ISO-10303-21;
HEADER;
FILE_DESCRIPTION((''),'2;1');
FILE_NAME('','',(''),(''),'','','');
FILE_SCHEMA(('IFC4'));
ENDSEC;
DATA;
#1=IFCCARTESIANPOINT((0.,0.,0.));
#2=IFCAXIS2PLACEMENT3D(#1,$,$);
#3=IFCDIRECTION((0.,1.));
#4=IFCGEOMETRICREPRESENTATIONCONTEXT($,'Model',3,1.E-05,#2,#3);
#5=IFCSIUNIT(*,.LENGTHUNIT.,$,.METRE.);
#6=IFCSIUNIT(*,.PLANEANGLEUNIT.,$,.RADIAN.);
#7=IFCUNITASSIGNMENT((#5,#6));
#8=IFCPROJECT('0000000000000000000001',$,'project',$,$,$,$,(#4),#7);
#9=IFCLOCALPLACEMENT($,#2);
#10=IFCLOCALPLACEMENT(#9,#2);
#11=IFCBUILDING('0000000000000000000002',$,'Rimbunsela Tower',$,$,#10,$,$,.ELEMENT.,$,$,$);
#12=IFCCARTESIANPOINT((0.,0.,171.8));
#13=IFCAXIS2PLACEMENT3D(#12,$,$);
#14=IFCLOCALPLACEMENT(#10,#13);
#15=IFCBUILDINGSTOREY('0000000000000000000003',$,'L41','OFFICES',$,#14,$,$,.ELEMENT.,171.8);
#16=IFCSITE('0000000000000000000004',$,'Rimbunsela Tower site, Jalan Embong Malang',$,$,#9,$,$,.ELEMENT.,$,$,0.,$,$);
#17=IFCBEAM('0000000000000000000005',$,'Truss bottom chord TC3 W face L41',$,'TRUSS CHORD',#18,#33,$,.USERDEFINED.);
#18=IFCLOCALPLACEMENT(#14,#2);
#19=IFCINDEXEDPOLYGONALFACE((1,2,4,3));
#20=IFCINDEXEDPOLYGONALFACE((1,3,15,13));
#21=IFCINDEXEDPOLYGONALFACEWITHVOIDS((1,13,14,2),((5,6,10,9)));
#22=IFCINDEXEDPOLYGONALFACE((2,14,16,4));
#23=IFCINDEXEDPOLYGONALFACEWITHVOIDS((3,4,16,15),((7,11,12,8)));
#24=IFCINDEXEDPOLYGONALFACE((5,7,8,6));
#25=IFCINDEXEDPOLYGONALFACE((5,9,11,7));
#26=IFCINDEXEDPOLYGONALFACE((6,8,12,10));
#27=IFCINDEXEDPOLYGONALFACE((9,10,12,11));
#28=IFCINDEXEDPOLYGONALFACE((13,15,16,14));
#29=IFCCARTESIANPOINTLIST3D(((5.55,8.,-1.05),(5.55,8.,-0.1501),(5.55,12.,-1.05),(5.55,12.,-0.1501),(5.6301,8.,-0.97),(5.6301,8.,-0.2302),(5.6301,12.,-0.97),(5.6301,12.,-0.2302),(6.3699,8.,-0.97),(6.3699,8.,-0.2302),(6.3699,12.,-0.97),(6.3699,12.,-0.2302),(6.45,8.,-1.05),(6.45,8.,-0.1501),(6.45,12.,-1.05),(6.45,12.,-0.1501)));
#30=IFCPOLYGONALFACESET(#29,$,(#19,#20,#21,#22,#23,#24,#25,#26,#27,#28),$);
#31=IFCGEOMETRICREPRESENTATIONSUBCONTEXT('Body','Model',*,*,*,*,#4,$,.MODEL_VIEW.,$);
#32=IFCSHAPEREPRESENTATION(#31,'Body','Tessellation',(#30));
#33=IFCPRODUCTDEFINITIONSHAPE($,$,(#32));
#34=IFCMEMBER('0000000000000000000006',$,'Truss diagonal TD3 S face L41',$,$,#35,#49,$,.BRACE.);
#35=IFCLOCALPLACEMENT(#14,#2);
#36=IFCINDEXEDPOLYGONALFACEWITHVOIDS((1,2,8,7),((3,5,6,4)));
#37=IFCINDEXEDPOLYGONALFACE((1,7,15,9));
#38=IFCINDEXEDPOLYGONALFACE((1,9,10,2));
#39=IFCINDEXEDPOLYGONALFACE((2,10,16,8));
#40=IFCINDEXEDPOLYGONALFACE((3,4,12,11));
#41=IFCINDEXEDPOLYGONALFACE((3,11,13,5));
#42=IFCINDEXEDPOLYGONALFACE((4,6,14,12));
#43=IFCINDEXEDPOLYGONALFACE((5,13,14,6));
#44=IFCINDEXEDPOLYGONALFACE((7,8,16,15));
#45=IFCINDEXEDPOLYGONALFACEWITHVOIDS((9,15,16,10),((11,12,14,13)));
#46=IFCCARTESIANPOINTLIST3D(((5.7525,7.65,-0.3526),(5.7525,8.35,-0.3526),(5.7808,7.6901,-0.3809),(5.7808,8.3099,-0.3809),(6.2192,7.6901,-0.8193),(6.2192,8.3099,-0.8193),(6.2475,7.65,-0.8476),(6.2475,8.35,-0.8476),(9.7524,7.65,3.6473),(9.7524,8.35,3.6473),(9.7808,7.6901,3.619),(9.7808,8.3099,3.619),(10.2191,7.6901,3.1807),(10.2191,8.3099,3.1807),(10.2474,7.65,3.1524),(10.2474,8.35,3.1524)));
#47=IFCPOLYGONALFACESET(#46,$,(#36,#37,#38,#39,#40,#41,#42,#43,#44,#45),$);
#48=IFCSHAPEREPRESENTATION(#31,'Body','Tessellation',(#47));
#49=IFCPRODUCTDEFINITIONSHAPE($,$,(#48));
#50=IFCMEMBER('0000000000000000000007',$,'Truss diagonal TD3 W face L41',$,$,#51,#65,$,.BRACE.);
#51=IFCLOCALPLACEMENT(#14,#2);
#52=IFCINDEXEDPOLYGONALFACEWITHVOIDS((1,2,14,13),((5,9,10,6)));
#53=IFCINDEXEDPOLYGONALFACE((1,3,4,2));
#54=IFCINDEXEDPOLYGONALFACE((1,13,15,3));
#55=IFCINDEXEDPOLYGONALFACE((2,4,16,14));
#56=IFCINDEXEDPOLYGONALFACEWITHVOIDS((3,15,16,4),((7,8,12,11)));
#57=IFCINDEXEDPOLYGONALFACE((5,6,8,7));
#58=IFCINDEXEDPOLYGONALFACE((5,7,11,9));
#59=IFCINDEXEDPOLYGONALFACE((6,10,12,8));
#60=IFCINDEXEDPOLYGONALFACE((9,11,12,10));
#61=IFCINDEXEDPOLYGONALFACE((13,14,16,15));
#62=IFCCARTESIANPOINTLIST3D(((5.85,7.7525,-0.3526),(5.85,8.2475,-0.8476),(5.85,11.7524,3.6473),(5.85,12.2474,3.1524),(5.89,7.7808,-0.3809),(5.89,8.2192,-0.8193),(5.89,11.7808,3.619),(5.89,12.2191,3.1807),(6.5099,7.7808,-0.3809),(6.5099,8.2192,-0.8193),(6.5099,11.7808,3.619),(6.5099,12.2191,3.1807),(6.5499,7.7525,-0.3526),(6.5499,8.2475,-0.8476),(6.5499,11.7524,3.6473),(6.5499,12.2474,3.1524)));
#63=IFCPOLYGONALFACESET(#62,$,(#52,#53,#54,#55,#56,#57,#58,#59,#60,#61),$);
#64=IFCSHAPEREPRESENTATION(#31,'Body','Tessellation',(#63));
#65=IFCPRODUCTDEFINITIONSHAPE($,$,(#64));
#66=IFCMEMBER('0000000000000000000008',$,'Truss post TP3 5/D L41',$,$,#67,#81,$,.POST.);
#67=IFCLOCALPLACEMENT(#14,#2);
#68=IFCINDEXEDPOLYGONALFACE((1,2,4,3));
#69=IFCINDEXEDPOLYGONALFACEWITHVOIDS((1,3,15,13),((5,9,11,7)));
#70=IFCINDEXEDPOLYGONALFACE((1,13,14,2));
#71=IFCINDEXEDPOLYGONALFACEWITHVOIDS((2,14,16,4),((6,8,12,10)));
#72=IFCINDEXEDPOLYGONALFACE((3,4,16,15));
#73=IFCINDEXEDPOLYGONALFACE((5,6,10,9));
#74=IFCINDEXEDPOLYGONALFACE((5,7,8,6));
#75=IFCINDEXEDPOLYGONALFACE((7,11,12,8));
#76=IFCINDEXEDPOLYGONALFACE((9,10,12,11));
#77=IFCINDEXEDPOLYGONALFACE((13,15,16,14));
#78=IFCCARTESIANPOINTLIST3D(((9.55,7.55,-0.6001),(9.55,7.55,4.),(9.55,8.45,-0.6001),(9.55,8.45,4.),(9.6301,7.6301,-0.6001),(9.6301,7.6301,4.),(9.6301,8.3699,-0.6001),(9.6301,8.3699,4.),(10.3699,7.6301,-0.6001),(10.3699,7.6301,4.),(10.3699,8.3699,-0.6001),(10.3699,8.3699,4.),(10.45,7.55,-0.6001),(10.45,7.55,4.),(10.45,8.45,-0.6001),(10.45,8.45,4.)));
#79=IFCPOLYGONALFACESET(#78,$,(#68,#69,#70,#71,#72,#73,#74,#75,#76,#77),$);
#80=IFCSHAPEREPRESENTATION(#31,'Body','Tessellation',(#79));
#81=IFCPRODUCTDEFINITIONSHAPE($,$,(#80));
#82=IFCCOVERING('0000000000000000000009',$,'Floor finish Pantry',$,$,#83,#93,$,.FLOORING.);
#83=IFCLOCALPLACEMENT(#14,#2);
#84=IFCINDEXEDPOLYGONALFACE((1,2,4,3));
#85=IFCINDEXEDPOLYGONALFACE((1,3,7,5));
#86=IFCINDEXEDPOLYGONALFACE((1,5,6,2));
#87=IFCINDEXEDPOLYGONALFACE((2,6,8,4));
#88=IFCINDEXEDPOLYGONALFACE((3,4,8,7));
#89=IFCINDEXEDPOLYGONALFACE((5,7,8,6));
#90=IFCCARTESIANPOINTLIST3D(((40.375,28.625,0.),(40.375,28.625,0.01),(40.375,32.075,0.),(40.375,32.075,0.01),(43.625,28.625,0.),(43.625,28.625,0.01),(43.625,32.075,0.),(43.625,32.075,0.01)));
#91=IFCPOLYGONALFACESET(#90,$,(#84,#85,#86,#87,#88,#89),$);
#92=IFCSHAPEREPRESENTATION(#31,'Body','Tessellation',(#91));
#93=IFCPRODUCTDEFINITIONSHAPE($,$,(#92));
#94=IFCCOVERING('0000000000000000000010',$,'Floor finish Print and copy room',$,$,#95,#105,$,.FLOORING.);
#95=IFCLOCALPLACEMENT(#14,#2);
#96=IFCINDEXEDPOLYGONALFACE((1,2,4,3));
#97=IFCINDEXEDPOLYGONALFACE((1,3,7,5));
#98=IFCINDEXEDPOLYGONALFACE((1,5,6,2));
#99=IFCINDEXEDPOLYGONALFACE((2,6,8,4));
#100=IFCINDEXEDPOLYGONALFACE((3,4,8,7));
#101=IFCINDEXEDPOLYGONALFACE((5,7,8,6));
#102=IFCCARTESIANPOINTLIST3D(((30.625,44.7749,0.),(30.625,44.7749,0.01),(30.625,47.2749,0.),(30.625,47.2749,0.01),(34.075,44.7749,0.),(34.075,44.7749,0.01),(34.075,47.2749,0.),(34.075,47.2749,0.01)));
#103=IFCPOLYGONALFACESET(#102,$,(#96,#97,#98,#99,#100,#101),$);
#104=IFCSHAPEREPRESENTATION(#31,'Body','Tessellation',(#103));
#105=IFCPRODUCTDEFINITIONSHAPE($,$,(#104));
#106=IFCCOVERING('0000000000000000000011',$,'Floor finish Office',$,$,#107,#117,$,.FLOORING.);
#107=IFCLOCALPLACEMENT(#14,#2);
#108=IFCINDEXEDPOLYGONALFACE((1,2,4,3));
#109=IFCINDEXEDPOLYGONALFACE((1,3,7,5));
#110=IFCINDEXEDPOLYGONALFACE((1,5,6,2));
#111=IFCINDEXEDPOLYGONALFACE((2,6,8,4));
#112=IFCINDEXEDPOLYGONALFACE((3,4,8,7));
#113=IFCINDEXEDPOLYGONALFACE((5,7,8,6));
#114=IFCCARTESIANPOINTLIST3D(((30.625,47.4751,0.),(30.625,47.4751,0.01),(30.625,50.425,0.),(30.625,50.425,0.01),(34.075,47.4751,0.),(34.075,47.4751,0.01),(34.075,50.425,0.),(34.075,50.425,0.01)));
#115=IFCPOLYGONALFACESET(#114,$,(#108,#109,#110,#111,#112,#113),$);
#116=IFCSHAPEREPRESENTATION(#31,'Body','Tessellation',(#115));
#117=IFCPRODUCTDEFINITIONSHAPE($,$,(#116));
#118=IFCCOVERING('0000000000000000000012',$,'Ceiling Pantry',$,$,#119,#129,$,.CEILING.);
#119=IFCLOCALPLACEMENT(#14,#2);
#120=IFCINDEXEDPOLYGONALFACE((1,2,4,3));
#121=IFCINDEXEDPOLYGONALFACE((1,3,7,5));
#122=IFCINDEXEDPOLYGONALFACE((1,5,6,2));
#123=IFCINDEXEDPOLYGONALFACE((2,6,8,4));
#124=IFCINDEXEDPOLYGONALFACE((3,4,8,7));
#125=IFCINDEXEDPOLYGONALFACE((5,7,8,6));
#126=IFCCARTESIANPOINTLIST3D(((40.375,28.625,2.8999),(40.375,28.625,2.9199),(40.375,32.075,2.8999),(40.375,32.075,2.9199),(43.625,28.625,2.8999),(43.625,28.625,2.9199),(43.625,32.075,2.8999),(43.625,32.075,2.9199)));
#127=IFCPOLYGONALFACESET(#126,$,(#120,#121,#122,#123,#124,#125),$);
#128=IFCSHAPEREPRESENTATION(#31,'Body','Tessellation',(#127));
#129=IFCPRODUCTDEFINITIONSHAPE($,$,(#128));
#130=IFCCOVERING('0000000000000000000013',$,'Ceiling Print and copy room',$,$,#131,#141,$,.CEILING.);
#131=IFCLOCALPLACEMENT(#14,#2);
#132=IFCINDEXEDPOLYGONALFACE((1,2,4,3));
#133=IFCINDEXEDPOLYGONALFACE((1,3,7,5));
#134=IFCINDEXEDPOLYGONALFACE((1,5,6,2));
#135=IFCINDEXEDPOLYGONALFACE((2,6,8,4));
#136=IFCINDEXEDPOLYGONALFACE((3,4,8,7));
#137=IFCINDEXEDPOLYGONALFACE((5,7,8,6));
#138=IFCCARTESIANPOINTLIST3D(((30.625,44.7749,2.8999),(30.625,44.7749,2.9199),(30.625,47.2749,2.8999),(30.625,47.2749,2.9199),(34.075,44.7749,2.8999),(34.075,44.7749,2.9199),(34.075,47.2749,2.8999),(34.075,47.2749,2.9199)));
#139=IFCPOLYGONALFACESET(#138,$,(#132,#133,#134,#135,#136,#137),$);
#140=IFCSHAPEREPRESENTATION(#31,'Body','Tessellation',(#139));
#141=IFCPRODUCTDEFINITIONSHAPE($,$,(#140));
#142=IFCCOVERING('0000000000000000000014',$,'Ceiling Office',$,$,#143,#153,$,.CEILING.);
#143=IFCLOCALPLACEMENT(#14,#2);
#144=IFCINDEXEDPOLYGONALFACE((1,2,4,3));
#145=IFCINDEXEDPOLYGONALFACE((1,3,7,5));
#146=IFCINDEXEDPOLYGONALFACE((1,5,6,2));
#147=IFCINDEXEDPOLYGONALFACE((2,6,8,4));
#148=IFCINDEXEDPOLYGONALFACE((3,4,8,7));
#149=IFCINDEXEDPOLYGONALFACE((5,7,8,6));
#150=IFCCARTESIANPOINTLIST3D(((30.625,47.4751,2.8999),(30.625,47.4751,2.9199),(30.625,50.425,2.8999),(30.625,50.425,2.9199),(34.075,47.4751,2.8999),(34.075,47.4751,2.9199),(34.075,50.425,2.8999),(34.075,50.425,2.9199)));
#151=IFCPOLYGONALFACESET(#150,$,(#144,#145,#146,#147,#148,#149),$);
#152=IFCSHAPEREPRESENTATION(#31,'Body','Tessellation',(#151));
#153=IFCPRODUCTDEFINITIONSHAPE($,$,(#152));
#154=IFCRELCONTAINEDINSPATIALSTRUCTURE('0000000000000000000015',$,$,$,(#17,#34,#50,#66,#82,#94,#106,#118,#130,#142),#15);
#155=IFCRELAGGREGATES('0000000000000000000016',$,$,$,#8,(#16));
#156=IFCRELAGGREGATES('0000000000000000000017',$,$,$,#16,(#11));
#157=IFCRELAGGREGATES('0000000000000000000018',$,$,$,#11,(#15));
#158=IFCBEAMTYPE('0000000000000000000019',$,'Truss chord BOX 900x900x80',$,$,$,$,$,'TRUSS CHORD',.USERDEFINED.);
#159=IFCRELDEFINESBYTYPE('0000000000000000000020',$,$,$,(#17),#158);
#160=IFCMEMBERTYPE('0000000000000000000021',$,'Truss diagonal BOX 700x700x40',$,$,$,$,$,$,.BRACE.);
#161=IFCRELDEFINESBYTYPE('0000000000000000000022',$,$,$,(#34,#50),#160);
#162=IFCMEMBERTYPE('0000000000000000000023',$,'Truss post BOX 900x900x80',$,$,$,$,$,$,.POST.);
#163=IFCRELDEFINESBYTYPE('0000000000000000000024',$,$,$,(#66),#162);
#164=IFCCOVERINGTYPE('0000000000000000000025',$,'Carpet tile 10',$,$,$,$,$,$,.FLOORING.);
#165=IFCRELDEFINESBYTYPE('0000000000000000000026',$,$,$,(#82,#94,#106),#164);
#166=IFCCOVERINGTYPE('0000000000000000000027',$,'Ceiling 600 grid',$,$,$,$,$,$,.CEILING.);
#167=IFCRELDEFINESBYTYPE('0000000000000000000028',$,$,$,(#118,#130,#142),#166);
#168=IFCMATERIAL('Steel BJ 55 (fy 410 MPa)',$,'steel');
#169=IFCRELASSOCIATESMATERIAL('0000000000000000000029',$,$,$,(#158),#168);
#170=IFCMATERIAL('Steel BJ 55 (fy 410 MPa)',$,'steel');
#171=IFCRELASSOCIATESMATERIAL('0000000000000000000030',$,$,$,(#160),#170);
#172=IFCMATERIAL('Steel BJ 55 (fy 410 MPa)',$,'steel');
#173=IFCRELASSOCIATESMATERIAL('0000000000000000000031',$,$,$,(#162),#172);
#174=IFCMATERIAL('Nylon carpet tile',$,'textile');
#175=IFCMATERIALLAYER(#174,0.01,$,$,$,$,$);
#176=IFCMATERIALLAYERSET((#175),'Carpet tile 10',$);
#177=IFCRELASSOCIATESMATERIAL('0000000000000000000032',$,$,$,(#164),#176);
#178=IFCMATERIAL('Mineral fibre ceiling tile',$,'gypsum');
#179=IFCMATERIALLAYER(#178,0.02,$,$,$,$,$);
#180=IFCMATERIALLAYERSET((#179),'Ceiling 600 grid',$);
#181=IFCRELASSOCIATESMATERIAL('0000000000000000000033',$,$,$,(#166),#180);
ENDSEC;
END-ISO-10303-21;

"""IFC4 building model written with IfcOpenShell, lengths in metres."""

from ifc_helpers import new_model, si_unit, direction, frame, origin, origin_2d, place, context, subcontext, project, spatial, polyline, hollow_rectangle, outline, extrude, material, layer, layer_set, material_profile, profile_set, type_object, element, save


model = new_model("IFC4")

# Units and contexts
model_context = context("Model", 3, precision=1e-05, world=origin(), true_north=direction((0.0, 1.0)))
body_context = subcontext(model_context, "Body", "Model", "MODEL_VIEW")
ifc_project = project(units=[si_unit("LENGTHUNIT", "METRE"), si_unit("PLANEANGLEUNIT", "RADIAN")], contexts=[model_context])

# Site, building, storey
site_placement = place(None, origin())
site = spatial("IfcSite", under=ifc_project, at=site_placement, Name="Rimbunsela Tower site, Jalan Embong Malang", CompositionType="ELEMENT", RefElevation=0.0)
building_placement = place(site_placement, origin())
building = spatial("IfcBuilding", under=site, at=building_placement, Name="Rimbunsela Tower", CompositionType="ELEMENT")
storey_placement = place(building_placement, frame((0.0, 0.0, 171.8)))
storey = spatial("IfcBuildingStorey", under=building, at=storey_placement, Name="L41", Description="OFFICES", CompositionType="ELEMENT", Elevation=171.8)

# Beam
ifc_material_1 = material(Name="Steel BJ 55 (fy 410 MPa)", Category="steel")
ifc_material_profile_1 = material_profile(ifc_material_1, hollow_rectangle(XDim=0.8999, YDim=0.8999, WallThickness=0.0801, at=origin_2d()), Name="BOX 900x900x80")
ifc_profile_set_1 = profile_set([ifc_material_profile_1], Name="Steel BJ 55 (fy 410 MPa)")
beam_type_1 = type_object("IfcBeamType", Name="Truss chord BOX 900x900x80", ElementType="TRUSS CHORD", PredefinedType="USERDEFINED", material=ifc_profile_set_1)
beam_1_placement = place(storey_placement, frame((6.0, 8.0, -0.6001), z_axis=(0.0, 1.0, 0.0), x_axis=(-1.0, 0.0, 0.0)))
element("IfcBeam", 1, at=beam_1_placement, inside=storey, type_object=beam_type_1, Name="Truss bottom chord TC3 W face L41", ObjectType="TRUSS CHORD", PredefinedType="USERDEFINED", context=body_context, shape_type="SweptSolid", body=[
    extrude(hollow_rectangle(XDim=0.8999, YDim=0.8999, WallThickness=0.0801, at=origin_2d()), origin(), (0.0, 0.0, 1.0), 4.0),
])

# Members
ifc_material_2 = material(Name="Steel BJ 55 (fy 410 MPa)", Category="steel")
ifc_material_profile_2 = material_profile(ifc_material_2, hollow_rectangle(XDim=0.7, YDim=0.7, WallThickness=0.04, at=origin_2d()), Name="BOX 700x700x40")
ifc_profile_set_2 = profile_set([ifc_material_profile_2], Name="Steel BJ 55 (fy 410 MPa)")
member_type_1 = type_object("IfcMemberType", Name="Truss diagonal BOX 700x700x40", PredefinedType="BRACE", material=ifc_profile_set_2)
for number, where, z_axis, x_axis, name in (
    (2, (6.0, 8.0, -0.6001), (0.707107, 0.0, 0.707107), (0.0, 1.0, 0.0), "Truss diagonal TD3 S face L41"),
    (3, (6.2, 8.0, -0.6001), (0.0, 0.707107, 0.707107), (-1.0, 0.0, 0.0), "Truss diagonal TD3 W face L41"),
):
    element("IfcMember", number, at=place(storey_placement, frame(where, z_axis=z_axis, x_axis=x_axis)), inside=storey, type_object=member_type_1, Name=name, PredefinedType="BRACE", context=body_context, shape_type="SweptSolid", body=[
        extrude(hollow_rectangle(XDim=0.7, YDim=0.7, WallThickness=0.04, at=origin_2d()), origin(), (0.0, 0.0, 1.0), 5.6567),
    ])
ifc_material_3 = material(Name="Steel BJ 55 (fy 410 MPa)", Category="steel")
ifc_material_profile_3 = material_profile(ifc_material_3, hollow_rectangle(XDim=0.8999, YDim=0.8999, WallThickness=0.0801, at=origin_2d()), Name="BOX 900x900x80")
ifc_profile_set_3 = profile_set([ifc_material_profile_3], Name="Steel BJ 55 (fy 410 MPa)")
member_type_2 = type_object("IfcMemberType", Name="Truss post BOX 900x900x80", PredefinedType="POST", material=ifc_profile_set_3)
member_placement = place(storey_placement, frame((10.0, 8.0, -0.6001), z_axis=(0.0, 0.0, 1.0), x_axis=(1.0, 0.0, 0.0)))
element("IfcMember", 4, at=member_placement, inside=storey, type_object=member_type_2, Name="Truss post TP3 5/D L41", PredefinedType="POST", context=body_context, shape_type="SweptSolid", body=[
    extrude(hollow_rectangle(XDim=0.8999, YDim=0.8999, WallThickness=0.0801, at=origin_2d()), origin(), (0.0, 0.0, 1.0), 4.6001),
])

# Coverings
ifc_material_4 = material(Name="Nylon carpet tile", Category="textile")
ifc_layer_1 = layer(ifc_material_4, 0.01)
ifc_layer_set_1 = layer_set([ifc_layer_1], Name="Carpet tile 10")
covering_type_1 = type_object("IfcCoveringType", Name="Carpet tile 10", PredefinedType="FLOORING", material=ifc_layer_set_1)
covering_1_placement = place(storey_placement, origin())
element("IfcCovering", 5, at=covering_1_placement, inside=storey, type_object=covering_type_1, Name="Floor finish Pantry", PredefinedType="FLOORING", context=body_context, shape_type="SweptSolid", body=[
    extrude(outline(polyline([(43.625, 28.625), (43.625, 32.075), (40.375, 32.075), (40.375, 28.625), (43.625, 28.625)])), origin(), (0.0, 0.0, 1.0), 0.01),
])
covering_2_placement = place(storey_placement, origin())
element("IfcCovering", 6, at=covering_2_placement, inside=storey, type_object=covering_type_1, Name="Floor finish Print and copy room", PredefinedType="FLOORING", context=body_context, shape_type="SweptSolid", body=[
    extrude(outline(polyline([(34.075, 44.7749), (34.075, 47.2749), (30.625, 47.2749), (30.625, 44.7749), (34.075, 44.7749)])), origin(), (0.0, 0.0, 1.0), 0.01),
])
covering_3_placement = place(storey_placement, origin())
element("IfcCovering", 7, at=covering_3_placement, inside=storey, type_object=covering_type_1, Name="Floor finish Office", PredefinedType="FLOORING", context=body_context, shape_type="SweptSolid", body=[
    extrude(outline(polyline([(34.075, 47.4751), (34.075, 50.425), (30.625, 50.425), (30.625, 47.4751), (34.075, 47.4751)])), origin(), (0.0, 0.0, 1.0), 0.01),
])
ifc_material_5 = material(Name="Mineral fibre ceiling tile", Category="gypsum")
ifc_layer_2 = layer(ifc_material_5, 0.02)
ifc_layer_set_2 = layer_set([ifc_layer_2], Name="Ceiling 600 grid")
covering_type_2 = type_object("IfcCoveringType", Name="Ceiling 600 grid", PredefinedType="CEILING", material=ifc_layer_set_2)
covering_4_placement = place(storey_placement, frame((0.0, 0.0, 2.8999)))
element("IfcCovering", 8, at=covering_4_placement, inside=storey, type_object=covering_type_2, Name="Ceiling Pantry", PredefinedType="CEILING", context=body_context, shape_type="SweptSolid", body=[
    extrude(outline(polyline([(43.625, 28.625), (43.625, 32.075), (40.375, 32.075), (40.375, 28.625), (43.625, 28.625)])), origin(), (0.0, 0.0, 1.0), 0.02),
])
covering_5_placement = place(storey_placement, frame((0.0, 0.0, 2.8999)))
element("IfcCovering", 9, at=covering_5_placement, inside=storey, type_object=covering_type_2, Name="Ceiling Print and copy room", PredefinedType="CEILING", context=body_context, shape_type="SweptSolid", body=[
    extrude(outline(polyline([(34.075, 44.7749), (34.075, 47.2749), (30.625, 47.2749), (30.625, 44.7749), (34.075, 44.7749)])), origin(), (0.0, 0.0, 1.0), 0.02),
])
covering_6_placement = place(storey_placement, frame((0.0, 0.0, 2.8999)))
element("IfcCovering", 10, at=covering_6_placement, inside=storey, type_object=covering_type_2, Name="Ceiling Office", PredefinedType="CEILING", context=body_context, shape_type="SweptSolid", body=[
    extrude(outline(polyline([(34.075, 47.4751), (34.075, 50.425), (30.625, 50.425), (30.625, 47.4751), (34.075, 47.4751)])), origin(), (0.0, 0.0, 1.0), 0.02),
])

save(model, "model.ifc")
